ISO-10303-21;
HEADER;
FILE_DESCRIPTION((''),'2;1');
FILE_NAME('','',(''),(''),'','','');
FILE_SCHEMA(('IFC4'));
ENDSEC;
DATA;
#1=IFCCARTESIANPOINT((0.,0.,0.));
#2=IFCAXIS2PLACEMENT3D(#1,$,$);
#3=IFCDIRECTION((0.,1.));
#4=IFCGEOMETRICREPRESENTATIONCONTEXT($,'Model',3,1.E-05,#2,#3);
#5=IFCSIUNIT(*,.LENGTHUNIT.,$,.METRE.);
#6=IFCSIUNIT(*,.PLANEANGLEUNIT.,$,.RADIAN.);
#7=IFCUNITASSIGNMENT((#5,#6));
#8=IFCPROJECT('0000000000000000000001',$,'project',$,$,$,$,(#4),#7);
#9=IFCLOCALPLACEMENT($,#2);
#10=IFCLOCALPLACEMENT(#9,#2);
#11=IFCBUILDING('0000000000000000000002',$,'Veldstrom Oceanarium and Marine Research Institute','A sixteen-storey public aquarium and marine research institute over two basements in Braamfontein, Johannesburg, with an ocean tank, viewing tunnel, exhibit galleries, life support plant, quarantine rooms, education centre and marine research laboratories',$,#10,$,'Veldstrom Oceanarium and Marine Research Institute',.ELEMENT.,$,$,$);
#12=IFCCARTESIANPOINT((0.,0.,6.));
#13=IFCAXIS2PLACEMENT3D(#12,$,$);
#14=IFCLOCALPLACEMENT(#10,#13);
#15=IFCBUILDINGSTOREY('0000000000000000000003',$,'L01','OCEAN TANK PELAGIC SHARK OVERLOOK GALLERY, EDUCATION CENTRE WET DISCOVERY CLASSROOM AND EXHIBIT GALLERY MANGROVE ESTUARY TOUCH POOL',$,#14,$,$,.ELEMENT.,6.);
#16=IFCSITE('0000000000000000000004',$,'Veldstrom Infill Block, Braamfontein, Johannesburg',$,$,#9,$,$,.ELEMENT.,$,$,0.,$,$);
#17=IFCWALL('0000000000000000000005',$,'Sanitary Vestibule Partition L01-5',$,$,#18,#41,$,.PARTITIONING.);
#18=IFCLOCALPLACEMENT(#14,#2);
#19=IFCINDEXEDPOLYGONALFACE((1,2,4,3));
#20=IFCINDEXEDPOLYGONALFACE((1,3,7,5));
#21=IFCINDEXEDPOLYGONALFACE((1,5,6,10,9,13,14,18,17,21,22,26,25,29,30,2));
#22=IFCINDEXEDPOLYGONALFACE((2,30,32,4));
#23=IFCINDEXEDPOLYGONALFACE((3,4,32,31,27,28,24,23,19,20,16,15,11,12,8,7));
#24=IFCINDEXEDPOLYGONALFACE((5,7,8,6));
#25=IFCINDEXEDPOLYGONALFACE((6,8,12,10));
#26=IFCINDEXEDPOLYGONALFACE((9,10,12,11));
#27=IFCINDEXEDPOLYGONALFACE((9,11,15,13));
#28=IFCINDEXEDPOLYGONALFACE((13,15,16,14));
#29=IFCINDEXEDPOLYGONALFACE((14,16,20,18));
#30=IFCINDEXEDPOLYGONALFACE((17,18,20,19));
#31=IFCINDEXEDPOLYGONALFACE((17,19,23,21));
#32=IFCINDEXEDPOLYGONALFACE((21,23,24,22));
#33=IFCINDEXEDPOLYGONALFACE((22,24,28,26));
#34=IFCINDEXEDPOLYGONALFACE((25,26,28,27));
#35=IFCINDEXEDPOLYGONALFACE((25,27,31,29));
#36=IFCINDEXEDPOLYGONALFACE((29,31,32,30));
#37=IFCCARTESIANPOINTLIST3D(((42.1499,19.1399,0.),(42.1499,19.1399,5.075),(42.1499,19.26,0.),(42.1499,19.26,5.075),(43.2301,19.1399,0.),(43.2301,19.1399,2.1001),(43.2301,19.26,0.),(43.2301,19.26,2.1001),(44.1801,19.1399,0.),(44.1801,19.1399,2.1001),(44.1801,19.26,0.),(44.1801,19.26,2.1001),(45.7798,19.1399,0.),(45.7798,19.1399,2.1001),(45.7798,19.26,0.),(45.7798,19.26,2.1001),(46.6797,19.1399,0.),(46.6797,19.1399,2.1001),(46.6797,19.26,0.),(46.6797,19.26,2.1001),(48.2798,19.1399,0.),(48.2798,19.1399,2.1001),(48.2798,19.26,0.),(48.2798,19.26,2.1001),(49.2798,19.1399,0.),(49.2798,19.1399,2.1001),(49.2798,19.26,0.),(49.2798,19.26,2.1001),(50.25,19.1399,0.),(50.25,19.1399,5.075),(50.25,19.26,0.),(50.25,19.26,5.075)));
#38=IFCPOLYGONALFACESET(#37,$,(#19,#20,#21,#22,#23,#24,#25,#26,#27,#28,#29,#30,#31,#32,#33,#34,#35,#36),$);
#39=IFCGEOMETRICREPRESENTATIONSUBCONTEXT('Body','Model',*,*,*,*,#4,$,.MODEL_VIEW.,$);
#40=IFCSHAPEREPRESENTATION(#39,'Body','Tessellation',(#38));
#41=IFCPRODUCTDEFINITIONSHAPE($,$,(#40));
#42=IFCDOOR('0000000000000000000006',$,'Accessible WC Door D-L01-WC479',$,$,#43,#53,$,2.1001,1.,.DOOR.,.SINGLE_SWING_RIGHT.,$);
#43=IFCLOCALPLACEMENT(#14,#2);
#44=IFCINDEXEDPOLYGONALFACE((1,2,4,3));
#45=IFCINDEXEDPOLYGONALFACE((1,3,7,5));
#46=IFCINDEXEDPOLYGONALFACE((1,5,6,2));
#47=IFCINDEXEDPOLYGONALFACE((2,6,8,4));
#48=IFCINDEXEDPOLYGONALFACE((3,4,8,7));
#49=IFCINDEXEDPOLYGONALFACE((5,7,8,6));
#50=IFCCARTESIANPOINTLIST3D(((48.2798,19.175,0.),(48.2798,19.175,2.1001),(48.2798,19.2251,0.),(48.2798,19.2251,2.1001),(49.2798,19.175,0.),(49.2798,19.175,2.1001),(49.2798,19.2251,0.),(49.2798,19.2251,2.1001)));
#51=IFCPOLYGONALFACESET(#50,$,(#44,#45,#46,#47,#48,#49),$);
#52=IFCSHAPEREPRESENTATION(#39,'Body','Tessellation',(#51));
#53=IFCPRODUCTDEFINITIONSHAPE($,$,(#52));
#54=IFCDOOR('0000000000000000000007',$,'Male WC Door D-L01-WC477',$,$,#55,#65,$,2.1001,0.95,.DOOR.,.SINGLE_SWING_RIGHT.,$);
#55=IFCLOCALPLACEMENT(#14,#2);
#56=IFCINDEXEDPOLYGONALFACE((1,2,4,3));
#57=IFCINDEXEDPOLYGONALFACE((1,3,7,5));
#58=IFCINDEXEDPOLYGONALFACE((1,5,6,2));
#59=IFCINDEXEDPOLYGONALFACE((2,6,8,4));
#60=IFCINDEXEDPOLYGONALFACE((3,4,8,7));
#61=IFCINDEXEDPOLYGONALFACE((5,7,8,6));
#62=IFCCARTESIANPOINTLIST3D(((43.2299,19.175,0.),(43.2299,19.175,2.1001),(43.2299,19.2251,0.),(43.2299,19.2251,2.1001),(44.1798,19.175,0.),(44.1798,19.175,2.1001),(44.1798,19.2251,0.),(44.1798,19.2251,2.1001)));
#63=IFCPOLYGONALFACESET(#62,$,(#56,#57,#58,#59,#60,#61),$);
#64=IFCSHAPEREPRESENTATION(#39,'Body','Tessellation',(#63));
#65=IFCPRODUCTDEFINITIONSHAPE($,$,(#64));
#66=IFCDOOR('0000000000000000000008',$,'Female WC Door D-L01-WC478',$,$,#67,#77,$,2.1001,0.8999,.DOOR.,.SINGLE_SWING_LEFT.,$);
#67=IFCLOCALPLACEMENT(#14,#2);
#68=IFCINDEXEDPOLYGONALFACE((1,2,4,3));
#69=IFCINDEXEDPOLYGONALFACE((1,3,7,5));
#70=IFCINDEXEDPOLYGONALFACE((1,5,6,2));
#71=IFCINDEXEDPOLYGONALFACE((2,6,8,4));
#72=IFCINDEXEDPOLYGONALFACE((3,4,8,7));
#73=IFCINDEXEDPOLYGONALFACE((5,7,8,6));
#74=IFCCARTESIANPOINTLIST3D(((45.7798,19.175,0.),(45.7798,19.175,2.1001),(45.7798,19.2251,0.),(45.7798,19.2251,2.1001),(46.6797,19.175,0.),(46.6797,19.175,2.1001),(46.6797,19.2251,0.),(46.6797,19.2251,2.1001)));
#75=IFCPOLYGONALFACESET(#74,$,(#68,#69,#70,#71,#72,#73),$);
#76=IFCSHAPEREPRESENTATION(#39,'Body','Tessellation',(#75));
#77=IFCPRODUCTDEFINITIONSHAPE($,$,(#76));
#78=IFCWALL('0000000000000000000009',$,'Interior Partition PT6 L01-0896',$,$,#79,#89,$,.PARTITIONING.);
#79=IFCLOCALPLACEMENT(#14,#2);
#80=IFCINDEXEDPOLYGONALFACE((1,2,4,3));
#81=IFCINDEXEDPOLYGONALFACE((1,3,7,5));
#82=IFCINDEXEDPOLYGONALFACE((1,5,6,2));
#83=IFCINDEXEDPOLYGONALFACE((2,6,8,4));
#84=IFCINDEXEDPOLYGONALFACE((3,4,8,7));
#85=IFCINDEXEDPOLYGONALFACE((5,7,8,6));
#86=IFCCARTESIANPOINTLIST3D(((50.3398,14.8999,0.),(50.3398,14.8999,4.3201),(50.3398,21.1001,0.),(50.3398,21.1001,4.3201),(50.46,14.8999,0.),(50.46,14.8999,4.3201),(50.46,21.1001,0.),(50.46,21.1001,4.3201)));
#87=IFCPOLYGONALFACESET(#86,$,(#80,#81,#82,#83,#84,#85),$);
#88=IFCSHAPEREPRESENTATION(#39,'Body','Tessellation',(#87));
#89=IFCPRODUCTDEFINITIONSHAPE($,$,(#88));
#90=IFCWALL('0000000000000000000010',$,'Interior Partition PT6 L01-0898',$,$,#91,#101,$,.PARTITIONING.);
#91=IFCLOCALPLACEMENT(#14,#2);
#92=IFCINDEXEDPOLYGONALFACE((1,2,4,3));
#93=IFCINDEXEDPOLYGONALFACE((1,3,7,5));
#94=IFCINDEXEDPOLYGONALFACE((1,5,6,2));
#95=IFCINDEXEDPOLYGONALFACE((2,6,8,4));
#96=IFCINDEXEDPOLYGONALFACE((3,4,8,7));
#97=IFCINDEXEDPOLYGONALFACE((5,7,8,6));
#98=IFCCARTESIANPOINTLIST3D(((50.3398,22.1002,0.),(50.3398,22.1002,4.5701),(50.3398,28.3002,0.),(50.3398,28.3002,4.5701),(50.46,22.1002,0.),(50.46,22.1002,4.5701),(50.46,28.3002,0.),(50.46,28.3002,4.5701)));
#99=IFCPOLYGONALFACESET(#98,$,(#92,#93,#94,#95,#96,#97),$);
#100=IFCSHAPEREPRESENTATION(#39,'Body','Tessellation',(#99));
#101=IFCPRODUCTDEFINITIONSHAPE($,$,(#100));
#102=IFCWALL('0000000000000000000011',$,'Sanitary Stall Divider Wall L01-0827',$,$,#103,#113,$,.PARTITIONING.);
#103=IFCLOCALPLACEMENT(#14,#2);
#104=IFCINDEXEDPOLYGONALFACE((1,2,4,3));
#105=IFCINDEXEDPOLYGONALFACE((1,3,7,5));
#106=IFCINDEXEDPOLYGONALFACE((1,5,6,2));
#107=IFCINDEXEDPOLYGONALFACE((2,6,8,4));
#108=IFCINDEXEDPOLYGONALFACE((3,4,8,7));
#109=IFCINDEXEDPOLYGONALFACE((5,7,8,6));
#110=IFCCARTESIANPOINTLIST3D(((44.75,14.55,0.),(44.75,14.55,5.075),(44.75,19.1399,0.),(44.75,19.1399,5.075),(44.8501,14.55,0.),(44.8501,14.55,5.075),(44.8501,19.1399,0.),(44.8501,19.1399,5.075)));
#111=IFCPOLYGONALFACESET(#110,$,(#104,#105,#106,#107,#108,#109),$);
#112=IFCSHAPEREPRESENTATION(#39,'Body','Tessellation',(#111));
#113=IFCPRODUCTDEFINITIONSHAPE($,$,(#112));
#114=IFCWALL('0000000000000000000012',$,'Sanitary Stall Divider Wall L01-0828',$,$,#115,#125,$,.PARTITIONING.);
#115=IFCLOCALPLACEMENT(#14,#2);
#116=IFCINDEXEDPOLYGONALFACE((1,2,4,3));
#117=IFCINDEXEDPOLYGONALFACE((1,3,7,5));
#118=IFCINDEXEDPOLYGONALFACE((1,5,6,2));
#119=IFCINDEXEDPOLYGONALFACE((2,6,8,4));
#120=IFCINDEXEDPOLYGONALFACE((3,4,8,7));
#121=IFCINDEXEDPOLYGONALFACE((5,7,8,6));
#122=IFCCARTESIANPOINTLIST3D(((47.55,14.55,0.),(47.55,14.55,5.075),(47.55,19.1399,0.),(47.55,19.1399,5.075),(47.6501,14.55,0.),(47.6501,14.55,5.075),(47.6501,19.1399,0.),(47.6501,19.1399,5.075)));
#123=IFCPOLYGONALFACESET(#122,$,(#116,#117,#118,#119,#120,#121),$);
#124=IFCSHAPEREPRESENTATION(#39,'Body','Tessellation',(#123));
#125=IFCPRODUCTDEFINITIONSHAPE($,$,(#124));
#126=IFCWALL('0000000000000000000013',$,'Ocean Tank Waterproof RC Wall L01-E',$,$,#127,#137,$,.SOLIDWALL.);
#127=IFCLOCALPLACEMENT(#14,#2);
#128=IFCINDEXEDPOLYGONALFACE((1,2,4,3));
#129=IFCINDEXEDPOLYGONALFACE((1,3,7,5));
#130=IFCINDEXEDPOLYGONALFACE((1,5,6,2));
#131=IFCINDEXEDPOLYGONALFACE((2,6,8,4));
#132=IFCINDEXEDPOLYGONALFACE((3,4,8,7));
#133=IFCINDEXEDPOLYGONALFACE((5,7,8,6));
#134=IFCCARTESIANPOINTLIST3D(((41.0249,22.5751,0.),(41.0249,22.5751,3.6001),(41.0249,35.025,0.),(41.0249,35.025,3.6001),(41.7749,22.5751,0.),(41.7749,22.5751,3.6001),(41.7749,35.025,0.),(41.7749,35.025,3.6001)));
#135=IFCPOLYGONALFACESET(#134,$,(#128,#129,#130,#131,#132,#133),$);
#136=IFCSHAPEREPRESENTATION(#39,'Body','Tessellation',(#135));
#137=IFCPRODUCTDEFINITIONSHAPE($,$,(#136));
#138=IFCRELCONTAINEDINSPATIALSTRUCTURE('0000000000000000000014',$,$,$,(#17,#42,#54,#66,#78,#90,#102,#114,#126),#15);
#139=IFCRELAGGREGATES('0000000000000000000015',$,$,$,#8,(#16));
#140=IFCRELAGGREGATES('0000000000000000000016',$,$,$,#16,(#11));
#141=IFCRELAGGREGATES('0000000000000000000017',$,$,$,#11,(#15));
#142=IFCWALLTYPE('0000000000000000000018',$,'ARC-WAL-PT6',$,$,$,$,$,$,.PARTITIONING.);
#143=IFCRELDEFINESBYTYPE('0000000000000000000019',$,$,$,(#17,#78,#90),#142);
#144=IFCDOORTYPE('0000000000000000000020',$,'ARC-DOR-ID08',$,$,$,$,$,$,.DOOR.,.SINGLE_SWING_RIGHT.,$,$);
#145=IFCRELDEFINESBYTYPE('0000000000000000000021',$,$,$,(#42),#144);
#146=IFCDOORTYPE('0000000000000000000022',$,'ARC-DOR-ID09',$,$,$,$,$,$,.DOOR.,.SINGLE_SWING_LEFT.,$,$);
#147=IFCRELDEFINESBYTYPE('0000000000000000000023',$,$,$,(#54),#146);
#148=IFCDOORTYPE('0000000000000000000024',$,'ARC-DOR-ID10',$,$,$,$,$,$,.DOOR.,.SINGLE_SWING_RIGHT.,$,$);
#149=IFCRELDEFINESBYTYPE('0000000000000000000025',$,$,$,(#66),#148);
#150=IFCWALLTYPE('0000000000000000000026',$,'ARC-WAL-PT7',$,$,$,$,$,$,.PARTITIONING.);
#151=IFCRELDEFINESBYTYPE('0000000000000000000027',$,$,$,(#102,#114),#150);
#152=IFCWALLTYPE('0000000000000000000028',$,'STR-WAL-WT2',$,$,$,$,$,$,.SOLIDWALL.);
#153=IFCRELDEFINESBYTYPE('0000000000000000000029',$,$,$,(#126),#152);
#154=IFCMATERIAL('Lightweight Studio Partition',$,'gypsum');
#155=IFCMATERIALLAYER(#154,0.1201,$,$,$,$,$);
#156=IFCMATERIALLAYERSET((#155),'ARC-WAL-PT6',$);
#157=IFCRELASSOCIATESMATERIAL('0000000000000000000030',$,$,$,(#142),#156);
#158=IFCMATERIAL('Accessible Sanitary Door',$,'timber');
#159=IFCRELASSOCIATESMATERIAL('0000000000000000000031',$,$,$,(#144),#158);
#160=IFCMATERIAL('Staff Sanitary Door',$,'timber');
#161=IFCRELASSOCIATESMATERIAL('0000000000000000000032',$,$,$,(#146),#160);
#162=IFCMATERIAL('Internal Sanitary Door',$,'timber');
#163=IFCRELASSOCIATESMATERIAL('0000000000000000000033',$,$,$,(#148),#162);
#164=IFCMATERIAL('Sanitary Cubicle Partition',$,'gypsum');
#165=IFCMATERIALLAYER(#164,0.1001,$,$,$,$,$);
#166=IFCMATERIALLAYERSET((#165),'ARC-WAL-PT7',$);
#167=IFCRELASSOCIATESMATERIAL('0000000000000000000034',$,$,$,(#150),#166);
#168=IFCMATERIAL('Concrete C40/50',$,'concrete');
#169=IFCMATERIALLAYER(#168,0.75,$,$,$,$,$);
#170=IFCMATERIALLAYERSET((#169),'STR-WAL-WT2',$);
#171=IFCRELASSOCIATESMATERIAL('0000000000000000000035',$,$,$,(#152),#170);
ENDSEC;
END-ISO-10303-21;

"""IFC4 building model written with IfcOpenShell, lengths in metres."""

from ifc_helpers import new_model, si_unit, direction, frame, frame_2d, origin, place, context, subcontext, project, spatial, rectangle, extrude, material, layer, layer_set, type_object, element, fill, save


model = new_model("IFC4")

# Units and contexts
model_context = context("Model", 3, precision=1e-05, world=origin(), true_north=direction((0.0, 1.0)))
body_context = subcontext(model_context, "Body", "Model", "MODEL_VIEW")
ifc_project = project(units=[si_unit("LENGTHUNIT", "METRE"), si_unit("PLANEANGLEUNIT", "RADIAN")], contexts=[model_context])

# Site, building, storey
site_placement = place(None, origin())
site = spatial("IfcSite", under=ifc_project, at=site_placement, Name="Veldstrom Infill Block, Braamfontein, Johannesburg", CompositionType="ELEMENT", RefElevation=0.0)
building_placement = place(site_placement, origin())
building = spatial("IfcBuilding", under=site, at=building_placement, Name="Veldstrom Oceanarium and Marine Research Institute", Description="A sixteen-storey public aquarium and marine research institute over two basements in Braamfontein, Johannesburg, with an ocean tank, viewing tunnel, exhibit galleries, life support plant, quarantine rooms, education centre and marine research laboratories", LongName="Veldstrom Oceanarium and Marine Research Institute", CompositionType="ELEMENT")
storey_placement = place(building_placement, frame((0.0, 0.0, 6.0)))
storey = spatial("IfcBuildingStorey", under=building, at=storey_placement, Name="L01", Description="OCEAN TANK PELAGIC SHARK OVERLOOK GALLERY, EDUCATION CENTRE WET DISCOVERY CLASSROOM AND EXHIBIT GALLERY MANGROVE ESTUARY TOUCH POOL", CompositionType="ELEMENT", Elevation=6.0)

# Wall, openings, doors
ifc_material_1 = material(Name="Lightweight Studio Partition", Category="gypsum")
ifc_layer_1 = layer(ifc_material_1, 0.1201)
ifc_layer_set_1 = layer_set([ifc_layer_1], Name="ARC-WAL-PT6")
wall_type_1 = type_object("IfcWallType", Name="ARC-WAL-PT6", PredefinedType="PARTITIONING", material=ifc_layer_set_1)
wall_1_placement = place(storey_placement, frame((42.1499, 19.2, 0.0), z_axis=(0.0, 0.0, 1.0), x_axis=(1.0, 0.0, 0.0)))
wall_1 = element("IfcWall", 1, at=wall_1_placement, inside=storey, type_object=wall_type_1, Name="Sanitary Vestibule Partition L01-5", PredefinedType="PARTITIONING", context=body_context, shape_type="SweptSolid", body=[
    extrude(rectangle(XDim=8.1001, YDim=0.1201, at=frame_2d((4.05, 0.0))), origin(), (0.0, 0.0, 1.0), 5.075),
])
opening_1_placement = place(wall_1_placement, frame((1.0801, 0.0, 0.0)))
opening_1 = element("IfcOpeningElement", 2, at=opening_1_placement, cuts=wall_1, PredefinedType="OPENING", context=body_context, shape_type="SweptSolid", body=[
    extrude(rectangle(XDim=0.95, YDim=2.1001, at=frame_2d((0.4751, 1.05))), frame((0.0, 0.0701, 0.0), z_axis=(0.0, -1.0, 0.0), x_axis=(1.0, 0.0, 0.0)), (0.0, 0.0, 1.0), 0.1401),
])
opening_2_placement = place(wall_1_placement, frame((3.6299, 0.0, 0.0)))
opening_2 = element("IfcOpeningElement", 3, at=opening_2_placement, cuts=wall_1, PredefinedType="OPENING", context=body_context, shape_type="SweptSolid", body=[
    extrude(rectangle(XDim=0.8999, YDim=2.1001, at=frame_2d((0.45, 1.05))), frame((0.0, 0.0701, 0.0), z_axis=(0.0, -1.0, 0.0), x_axis=(1.0, 0.0, 0.0)), (0.0, 0.0, 1.0), 0.1401),
])
opening_3_placement = place(wall_1_placement, frame((6.1299, 0.0, 0.0)))
opening_3 = element("IfcOpeningElement", 4, at=opening_3_placement, cuts=wall_1, PredefinedType="OPENING", context=body_context, shape_type="SweptSolid", body=[
    extrude(rectangle(XDim=1.0, YDim=2.1001, at=frame_2d((0.5, 1.05))), frame((0.0, 0.0701, 0.0), z_axis=(0.0, -1.0, 0.0), x_axis=(1.0, 0.0, 0.0)), (0.0, 0.0, 1.0), 0.1401),
])
ifc_material_2 = material(Name="Accessible Sanitary Door", Category="timber")
door_type_1 = type_object("IfcDoorType", Name="ARC-DOR-ID08", OperationType="SINGLE_SWING_RIGHT", PredefinedType="DOOR", material=ifc_material_2)
door_1_placement = place(opening_3_placement, frame((1.0, 0.0, 0.0), z_axis=(0.0, 0.0, 1.0), x_axis=(-1.0, 0.0, 0.0)))
door_1 = element("IfcDoor", 5, at=door_1_placement, inside=storey, type_object=door_type_1, Name="Accessible WC Door D-L01-WC479", OperationType="SINGLE_SWING_RIGHT", OverallHeight=2.1001, OverallWidth=1.0, PredefinedType="DOOR", context=body_context, shape_type="SweptSolid", body=[
    extrude(rectangle(XDim=1.0, YDim=2.1001, at=frame_2d((0.5, 1.05))), frame((0.0, 0.0249, 0.0), z_axis=(0.0, -1.0, 0.0), x_axis=(1.0, 0.0, 0.0)), (0.0, 0.0, 1.0), 0.05),
])
fill(opening_3, door_1)
ifc_material_3 = material(Name="Staff Sanitary Door", Category="timber")
door_type_2 = type_object("IfcDoorType", Name="ARC-DOR-ID09", OperationType="SINGLE_SWING_LEFT", PredefinedType="DOOR", material=ifc_material_3)
door_2_placement = place(opening_1_placement, frame((0.95, 0.0, 0.0), z_axis=(0.0, 0.0, 1.0), x_axis=(-1.0, 0.0, 0.0)))
door_2 = element("IfcDoor", 6, at=door_2_placement, inside=storey, type_object=door_type_2, Name="Male WC Door D-L01-WC477", OperationType="SINGLE_SWING_RIGHT", OverallHeight=2.1001, OverallWidth=0.95, PredefinedType="DOOR", context=body_context, shape_type="SweptSolid", body=[
    extrude(rectangle(XDim=0.95, YDim=2.1001, at=frame_2d((0.4751, 1.05))), frame((0.0, 0.0249, 0.0), z_axis=(0.0, -1.0, 0.0), x_axis=(1.0, 0.0, 0.0)), (0.0, 0.0, 1.0), 0.05),
])
fill(opening_1, door_2)
ifc_material_4 = material(Name="Internal Sanitary Door", Category="timber")
door_type_3 = type_object("IfcDoorType", Name="ARC-DOR-ID10", OperationType="SINGLE_SWING_RIGHT", PredefinedType="DOOR", material=ifc_material_4)
door_3_placement = place(opening_2_placement, frame((0.8999, 0.0, 0.0), z_axis=(0.0, 0.0, 1.0), x_axis=(-1.0, 0.0, 0.0)))
door_3 = element("IfcDoor", 7, at=door_3_placement, inside=storey, type_object=door_type_3, Name="Female WC Door D-L01-WC478", OperationType="SINGLE_SWING_LEFT", OverallHeight=2.1001, OverallWidth=0.8999, PredefinedType="DOOR", context=body_context, shape_type="SweptSolid", body=[
    extrude(rectangle(XDim=0.8999, YDim=2.1001, at=frame_2d((0.45, 1.05))), frame((0.0, 0.0249, 0.0), z_axis=(0.0, -1.0, 0.0), x_axis=(1.0, 0.0, 0.0)), (0.0, 0.0, 1.0), 0.05),
])
fill(opening_2, door_3)

# Walls
wall_2_placement = place(storey_placement, frame((50.3999, 14.8999, 0.0), z_axis=(0.0, 0.0, 1.0), x_axis=(0.0, 1.0, 0.0)))
element("IfcWall", 8, at=wall_2_placement, inside=storey, type_object=wall_type_1, Name="Interior Partition PT6 L01-0896", PredefinedType="PARTITIONING", context=body_context, shape_type="SweptSolid", body=[
    extrude(rectangle(XDim=6.2002, YDim=0.1201, at=frame_2d((3.1001, 0.0))), origin(), (0.0, 0.0, 1.0), 4.3201),
])
wall_3_placement = place(storey_placement, frame((50.3999, 22.1001, 0.0), z_axis=(0.0, 0.0, 1.0), x_axis=(0.0, 1.0, 0.0)))
element("IfcWall", 9, at=wall_3_placement, inside=storey, type_object=wall_type_1, Name="Interior Partition PT6 L01-0898", PredefinedType="PARTITIONING", context=body_context, shape_type="SweptSolid", body=[
    extrude(rectangle(XDim=6.2, YDim=0.1201, at=frame_2d((3.1001, 0.0))), origin(), (0.0, 0.0, 1.0), 4.5701),
])
ifc_material_5 = material(Name="Sanitary Cubicle Partition", Category="gypsum")
ifc_layer_2 = layer(ifc_material_5, 0.1001)
ifc_layer_set_2 = layer_set([ifc_layer_2], Name="ARC-WAL-PT7")
wall_type_2 = type_object("IfcWallType", Name="ARC-WAL-PT7", PredefinedType="PARTITIONING", material=ifc_layer_set_2)
for number, where, z_axis, x_axis, name in (
    (10, (44.8, 14.55, 0.0), (0.0, 0.0, 1.0), (0.0, 1.0, 0.0), "Sanitary Stall Divider Wall L01-0827"),
    (11, (47.6001, 14.55, 0.0), (0.0, 0.0, 1.0), (0.0, 1.0, 0.0), "Sanitary Stall Divider Wall L01-0828"),
):
    element("IfcWall", number, at=place(storey_placement, frame(where, z_axis=z_axis, x_axis=x_axis)), inside=storey, type_object=wall_type_2, Name=name, PredefinedType="PARTITIONING", context=body_context, shape_type="SweptSolid", body=[
        extrude(rectangle(XDim=4.5898, YDim=0.1001, at=frame_2d((2.2949, 0.0))), origin(), (0.0, 0.0, 1.0), 5.075),
    ])
ifc_material_6 = material(Name="Concrete C40/50", Category="concrete")
ifc_layer_3 = layer(ifc_material_6, 0.75)
ifc_layer_set_3 = layer_set([ifc_layer_3], Name="STR-WAL-WT2")
wall_type_3 = type_object("IfcWallType", Name="STR-WAL-WT2", PredefinedType="SOLIDWALL", material=ifc_layer_set_3)
wall_4_placement = place(storey_placement, frame((41.3999, 22.575, 0.0), z_axis=(0.0, 0.0, 1.0), x_axis=(0.0, 1.0, 0.0)))
element("IfcWall", 12, at=wall_4_placement, inside=storey, type_object=wall_type_3, Name="Ocean Tank Waterproof RC Wall L01-E", PredefinedType="SOLIDWALL", context=body_context, shape_type="SweptSolid", body=[
    extrude(rectangle(XDim=12.45, YDim=0.75, at=frame_2d((6.2251, 0.0))), origin(), (0.0, 0.0, 1.0), 3.6001),
])

save(model, "model.ifc")
